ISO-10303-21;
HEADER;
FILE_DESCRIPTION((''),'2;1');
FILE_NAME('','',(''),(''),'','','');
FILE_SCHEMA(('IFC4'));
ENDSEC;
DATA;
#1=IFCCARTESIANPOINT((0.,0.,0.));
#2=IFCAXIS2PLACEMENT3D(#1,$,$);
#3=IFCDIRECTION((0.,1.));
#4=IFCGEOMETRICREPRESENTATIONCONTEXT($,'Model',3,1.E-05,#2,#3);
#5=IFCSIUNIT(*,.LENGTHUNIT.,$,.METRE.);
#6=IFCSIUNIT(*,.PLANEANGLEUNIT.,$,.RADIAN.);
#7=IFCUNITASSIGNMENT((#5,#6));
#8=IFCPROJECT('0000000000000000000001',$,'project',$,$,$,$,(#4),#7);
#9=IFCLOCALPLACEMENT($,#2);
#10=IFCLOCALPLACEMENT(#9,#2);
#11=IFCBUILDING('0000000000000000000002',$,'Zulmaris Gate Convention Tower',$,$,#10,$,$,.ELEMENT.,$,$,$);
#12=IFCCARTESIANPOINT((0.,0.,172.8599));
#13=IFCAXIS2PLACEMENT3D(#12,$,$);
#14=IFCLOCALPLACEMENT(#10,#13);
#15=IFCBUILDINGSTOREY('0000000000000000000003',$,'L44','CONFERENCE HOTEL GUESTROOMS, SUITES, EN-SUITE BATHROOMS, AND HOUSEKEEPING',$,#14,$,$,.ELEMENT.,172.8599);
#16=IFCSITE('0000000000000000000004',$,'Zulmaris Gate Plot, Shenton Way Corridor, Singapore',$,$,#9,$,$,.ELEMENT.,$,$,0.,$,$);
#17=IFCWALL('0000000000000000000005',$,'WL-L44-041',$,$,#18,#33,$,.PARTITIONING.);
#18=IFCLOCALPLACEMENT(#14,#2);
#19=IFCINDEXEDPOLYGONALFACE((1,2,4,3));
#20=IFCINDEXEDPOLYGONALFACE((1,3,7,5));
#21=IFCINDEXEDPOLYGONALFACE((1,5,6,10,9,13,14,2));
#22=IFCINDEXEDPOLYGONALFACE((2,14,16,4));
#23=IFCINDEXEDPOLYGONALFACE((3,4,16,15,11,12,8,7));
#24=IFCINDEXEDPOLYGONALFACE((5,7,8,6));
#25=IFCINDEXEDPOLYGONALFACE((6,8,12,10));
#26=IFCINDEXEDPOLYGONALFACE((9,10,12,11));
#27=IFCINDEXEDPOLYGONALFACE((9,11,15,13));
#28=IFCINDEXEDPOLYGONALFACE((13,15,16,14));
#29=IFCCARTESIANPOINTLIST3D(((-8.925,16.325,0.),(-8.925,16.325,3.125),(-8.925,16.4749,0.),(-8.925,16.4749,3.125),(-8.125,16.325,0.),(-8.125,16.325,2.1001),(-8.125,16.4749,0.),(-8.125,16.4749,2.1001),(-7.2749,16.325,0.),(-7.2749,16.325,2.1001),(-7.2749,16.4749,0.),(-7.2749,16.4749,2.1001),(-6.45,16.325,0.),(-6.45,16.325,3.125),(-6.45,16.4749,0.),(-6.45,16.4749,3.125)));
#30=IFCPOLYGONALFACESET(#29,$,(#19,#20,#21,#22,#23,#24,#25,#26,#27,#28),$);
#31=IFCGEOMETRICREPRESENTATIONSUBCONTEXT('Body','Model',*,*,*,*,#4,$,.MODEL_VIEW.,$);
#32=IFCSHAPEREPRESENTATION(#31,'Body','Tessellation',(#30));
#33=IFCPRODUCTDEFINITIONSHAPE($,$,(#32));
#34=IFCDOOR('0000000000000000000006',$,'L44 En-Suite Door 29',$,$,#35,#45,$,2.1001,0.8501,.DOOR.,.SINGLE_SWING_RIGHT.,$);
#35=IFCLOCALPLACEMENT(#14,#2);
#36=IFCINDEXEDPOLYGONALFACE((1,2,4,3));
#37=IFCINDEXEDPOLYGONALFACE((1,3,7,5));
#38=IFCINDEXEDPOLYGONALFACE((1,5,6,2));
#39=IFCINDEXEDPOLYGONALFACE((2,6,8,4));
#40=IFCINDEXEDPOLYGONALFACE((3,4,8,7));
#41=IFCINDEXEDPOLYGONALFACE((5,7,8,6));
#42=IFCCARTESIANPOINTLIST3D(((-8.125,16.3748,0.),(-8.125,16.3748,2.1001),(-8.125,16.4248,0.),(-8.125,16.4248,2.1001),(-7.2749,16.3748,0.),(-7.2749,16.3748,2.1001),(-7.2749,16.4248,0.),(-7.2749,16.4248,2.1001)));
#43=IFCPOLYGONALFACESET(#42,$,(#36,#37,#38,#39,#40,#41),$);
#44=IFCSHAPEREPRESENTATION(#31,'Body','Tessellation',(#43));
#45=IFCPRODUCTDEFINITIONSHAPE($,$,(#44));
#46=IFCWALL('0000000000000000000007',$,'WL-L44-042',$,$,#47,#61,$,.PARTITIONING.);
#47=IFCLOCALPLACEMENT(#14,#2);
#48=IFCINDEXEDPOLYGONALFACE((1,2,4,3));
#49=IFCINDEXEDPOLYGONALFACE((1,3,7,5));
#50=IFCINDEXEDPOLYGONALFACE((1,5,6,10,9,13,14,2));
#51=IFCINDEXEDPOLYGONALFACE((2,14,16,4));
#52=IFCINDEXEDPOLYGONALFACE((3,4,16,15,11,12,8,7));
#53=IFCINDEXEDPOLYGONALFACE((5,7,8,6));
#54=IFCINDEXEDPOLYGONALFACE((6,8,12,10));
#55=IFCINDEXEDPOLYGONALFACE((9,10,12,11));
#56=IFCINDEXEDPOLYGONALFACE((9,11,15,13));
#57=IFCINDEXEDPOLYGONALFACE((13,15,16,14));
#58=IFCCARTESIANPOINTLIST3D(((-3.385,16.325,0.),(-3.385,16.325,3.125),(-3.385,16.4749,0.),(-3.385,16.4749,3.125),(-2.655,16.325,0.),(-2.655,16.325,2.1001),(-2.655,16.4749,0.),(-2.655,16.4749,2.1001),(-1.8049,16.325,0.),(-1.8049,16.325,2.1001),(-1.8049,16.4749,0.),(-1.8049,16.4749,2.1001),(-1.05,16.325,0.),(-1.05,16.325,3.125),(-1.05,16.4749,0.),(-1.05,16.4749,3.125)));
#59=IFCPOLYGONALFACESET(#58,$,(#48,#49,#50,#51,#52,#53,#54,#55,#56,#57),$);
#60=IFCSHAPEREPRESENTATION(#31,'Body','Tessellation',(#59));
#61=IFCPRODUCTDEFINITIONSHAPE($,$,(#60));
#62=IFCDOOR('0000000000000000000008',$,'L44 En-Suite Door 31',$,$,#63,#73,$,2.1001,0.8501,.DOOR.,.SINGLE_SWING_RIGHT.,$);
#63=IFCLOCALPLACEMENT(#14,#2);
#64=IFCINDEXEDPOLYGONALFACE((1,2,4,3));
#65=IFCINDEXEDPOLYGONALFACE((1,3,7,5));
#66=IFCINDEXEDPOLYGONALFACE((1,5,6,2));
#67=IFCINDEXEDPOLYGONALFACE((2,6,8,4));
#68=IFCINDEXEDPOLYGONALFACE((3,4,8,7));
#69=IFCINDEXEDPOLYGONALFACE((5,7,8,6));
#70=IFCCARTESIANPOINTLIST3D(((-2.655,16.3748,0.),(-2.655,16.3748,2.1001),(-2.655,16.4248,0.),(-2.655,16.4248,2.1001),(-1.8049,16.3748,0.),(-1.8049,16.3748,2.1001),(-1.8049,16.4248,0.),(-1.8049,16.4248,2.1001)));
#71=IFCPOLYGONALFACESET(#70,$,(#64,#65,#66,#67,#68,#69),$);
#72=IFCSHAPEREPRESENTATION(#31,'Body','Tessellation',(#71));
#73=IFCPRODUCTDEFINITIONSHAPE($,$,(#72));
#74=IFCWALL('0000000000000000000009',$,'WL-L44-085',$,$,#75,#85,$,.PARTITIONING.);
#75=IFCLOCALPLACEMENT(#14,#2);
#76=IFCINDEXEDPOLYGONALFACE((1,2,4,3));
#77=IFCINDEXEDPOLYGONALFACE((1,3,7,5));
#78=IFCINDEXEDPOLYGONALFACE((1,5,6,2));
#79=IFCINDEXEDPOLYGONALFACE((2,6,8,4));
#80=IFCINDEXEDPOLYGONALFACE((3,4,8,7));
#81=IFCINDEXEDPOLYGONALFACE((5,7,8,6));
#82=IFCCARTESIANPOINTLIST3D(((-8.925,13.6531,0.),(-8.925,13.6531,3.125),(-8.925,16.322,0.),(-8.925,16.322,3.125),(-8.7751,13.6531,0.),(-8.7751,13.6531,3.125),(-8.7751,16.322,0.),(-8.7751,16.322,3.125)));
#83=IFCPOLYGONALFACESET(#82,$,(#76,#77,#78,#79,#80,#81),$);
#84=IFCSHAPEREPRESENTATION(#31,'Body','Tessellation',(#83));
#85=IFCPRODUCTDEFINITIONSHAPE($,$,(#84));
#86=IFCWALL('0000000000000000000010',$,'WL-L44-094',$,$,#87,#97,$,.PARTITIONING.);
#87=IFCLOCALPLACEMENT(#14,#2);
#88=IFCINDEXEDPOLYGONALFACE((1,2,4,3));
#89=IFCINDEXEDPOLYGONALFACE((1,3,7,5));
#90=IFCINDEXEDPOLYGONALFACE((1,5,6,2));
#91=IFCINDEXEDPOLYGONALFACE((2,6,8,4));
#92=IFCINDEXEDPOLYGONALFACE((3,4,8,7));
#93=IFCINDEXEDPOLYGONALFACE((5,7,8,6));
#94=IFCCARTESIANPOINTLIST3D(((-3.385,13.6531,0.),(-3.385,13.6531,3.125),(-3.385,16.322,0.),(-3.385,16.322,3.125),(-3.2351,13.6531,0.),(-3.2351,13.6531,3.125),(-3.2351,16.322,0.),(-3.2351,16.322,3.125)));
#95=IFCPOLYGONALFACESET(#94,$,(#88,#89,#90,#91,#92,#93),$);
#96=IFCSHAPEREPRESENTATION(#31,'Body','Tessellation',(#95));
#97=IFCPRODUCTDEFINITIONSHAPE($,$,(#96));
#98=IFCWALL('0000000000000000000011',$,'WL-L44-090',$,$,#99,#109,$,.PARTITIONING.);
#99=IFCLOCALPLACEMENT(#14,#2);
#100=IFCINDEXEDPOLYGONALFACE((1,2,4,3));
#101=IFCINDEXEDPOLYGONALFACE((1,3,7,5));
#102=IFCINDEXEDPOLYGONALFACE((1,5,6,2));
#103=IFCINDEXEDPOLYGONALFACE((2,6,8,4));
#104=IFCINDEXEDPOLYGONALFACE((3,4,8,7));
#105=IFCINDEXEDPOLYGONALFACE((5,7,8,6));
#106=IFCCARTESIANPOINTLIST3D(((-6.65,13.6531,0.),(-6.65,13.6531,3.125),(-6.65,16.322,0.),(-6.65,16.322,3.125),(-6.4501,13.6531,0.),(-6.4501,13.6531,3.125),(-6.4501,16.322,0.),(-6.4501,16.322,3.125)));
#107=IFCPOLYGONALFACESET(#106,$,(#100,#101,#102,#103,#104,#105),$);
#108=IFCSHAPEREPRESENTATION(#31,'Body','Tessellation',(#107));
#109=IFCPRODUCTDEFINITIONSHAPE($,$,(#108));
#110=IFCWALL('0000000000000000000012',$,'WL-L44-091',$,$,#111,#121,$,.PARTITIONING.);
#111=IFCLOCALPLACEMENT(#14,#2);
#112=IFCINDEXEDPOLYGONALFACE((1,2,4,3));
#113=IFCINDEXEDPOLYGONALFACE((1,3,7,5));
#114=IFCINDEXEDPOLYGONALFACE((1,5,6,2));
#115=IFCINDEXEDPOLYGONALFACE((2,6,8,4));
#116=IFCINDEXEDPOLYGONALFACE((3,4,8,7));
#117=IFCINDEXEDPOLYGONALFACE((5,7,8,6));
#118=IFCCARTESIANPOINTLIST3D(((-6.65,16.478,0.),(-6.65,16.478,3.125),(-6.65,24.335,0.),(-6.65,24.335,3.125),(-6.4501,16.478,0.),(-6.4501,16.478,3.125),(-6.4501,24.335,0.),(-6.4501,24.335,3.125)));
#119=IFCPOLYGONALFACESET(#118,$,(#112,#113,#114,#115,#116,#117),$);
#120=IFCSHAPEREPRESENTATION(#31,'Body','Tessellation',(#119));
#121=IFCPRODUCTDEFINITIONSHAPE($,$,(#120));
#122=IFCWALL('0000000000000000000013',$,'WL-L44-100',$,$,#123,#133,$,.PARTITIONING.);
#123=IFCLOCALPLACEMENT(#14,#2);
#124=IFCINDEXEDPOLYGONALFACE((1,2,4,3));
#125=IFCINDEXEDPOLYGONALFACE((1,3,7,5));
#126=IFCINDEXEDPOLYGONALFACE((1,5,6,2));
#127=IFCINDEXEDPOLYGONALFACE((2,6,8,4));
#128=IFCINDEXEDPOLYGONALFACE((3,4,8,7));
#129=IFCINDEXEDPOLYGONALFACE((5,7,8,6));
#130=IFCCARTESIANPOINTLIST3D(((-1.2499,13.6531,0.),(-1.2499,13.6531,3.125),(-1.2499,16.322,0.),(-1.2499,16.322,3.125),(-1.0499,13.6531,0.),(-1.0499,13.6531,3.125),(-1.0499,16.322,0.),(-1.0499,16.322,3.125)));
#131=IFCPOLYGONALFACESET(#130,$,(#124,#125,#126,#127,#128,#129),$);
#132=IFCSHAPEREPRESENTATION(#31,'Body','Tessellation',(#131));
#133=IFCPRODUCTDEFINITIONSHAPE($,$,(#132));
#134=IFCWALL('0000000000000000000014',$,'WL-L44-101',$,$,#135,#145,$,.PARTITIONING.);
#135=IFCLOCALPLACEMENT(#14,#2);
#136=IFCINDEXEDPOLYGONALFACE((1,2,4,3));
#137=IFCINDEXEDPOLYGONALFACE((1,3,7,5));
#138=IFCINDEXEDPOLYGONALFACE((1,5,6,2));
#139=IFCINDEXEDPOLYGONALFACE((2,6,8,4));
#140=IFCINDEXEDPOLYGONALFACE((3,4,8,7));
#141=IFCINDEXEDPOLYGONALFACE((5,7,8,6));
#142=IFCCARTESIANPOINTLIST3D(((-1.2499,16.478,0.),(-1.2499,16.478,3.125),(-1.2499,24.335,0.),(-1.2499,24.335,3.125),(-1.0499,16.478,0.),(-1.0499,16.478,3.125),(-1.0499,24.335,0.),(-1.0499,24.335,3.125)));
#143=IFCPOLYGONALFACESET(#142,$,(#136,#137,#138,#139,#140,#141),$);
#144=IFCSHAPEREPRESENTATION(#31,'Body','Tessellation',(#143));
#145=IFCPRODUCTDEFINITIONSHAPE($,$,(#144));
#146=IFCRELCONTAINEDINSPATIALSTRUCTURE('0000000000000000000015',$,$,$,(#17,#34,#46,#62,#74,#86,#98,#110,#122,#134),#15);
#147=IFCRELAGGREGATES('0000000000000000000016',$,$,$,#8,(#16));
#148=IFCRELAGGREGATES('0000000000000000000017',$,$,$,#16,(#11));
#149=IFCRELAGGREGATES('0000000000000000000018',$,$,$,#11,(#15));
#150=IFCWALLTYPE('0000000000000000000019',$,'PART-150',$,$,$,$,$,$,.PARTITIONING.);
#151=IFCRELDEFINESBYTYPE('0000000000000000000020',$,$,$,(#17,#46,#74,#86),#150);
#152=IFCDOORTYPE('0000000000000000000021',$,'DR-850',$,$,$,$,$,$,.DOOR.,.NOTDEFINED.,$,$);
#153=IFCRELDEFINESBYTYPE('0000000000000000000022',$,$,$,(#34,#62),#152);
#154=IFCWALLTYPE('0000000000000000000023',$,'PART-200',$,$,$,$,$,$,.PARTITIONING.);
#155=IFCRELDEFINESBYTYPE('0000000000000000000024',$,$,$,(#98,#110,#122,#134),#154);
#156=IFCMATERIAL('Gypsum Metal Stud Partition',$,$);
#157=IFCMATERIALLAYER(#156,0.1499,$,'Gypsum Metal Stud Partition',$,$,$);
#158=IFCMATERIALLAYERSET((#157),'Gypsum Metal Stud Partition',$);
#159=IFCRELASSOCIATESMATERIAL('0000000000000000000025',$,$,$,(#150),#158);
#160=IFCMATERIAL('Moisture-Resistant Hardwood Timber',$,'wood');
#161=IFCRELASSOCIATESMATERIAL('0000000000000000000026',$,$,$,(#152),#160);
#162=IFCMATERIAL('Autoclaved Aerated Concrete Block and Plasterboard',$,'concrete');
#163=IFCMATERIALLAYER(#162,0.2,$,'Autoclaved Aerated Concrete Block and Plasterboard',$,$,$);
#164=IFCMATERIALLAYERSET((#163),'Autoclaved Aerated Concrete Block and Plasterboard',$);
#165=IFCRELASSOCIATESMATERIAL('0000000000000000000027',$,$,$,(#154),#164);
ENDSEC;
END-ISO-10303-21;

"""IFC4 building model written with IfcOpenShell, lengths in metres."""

from ifc_helpers import new_model, si_unit, direction, frame, frame_2d, origin, place, context, subcontext, project, spatial, rectangle, extrude, material, layer, layer_set, type_object, element, fill, save


model = new_model("IFC4")

# Units and contexts
model_context = context("Model", 3, precision=1e-05, world=origin(), true_north=direction((0.0, 1.0)))
body_context = subcontext(model_context, "Body", "Model", "MODEL_VIEW")
ifc_project = project(units=[si_unit("LENGTHUNIT", "METRE"), si_unit("PLANEANGLEUNIT", "RADIAN")], contexts=[model_context])

# Site, building, storey
site_placement = place(None, origin())
site = spatial("IfcSite", under=ifc_project, at=site_placement, Name="Zulmaris Gate Plot, Shenton Way Corridor, Singapore", CompositionType="ELEMENT", RefElevation=0.0)
building_placement = place(site_placement, origin())
building = spatial("IfcBuilding", under=site, at=building_placement, Name="Zulmaris Gate Convention Tower", CompositionType="ELEMENT")
storey_placement = place(building_placement, frame((0.0, 0.0, 172.8599)))
storey = spatial("IfcBuildingStorey", under=building, at=storey_placement, Name="L44", Description="CONFERENCE HOTEL GUESTROOMS, SUITES, EN-SUITE BATHROOMS, AND HOUSEKEEPING", CompositionType="ELEMENT", Elevation=172.8599)

# Shared definitions
ifc_material_1 = material(Name="Gypsum Metal Stud Partition")
ifc_layer_1 = layer(ifc_material_1, 0.1499, Name="Gypsum Metal Stud Partition")
ifc_layer_set_1 = layer_set([ifc_layer_1], Name="Gypsum Metal Stud Partition")
wall_type_1 = type_object("IfcWallType", Name="PART-150", PredefinedType="PARTITIONING", material=ifc_layer_set_1)

# Walls, openings, doors
wall_1_placement = place(storey_placement, frame((-8.925, 16.3999, 0.0), z_axis=(0.0, 0.0, 1.0), x_axis=(1.0, 0.0, 0.0)))
wall_1 = element("IfcWall", 1, at=wall_1_placement, inside=storey, type_object=wall_type_1, Name="WL-L44-041", PredefinedType="PARTITIONING", context=body_context, shape_type="SweptSolid", body=[
    extrude(rectangle(XDim=2.4751, YDim=0.1499, at=frame_2d((1.2375, 0.0))), origin(), (0.0, 0.0, 1.0), 3.125),
])
opening_1_placement = place(wall_1_placement, frame((0.8, 0.0, 0.0)))
opening_1 = element("IfcOpeningElement", 2, at=opening_1_placement, cuts=wall_1, PredefinedType="OPENING", context=body_context, shape_type="SweptSolid", body=[
    extrude(rectangle(XDim=0.8501, YDim=2.1001, at=frame_2d((0.425, 1.05))), frame((0.0, 0.085, 0.0), z_axis=(0.0, -1.0, 0.0), x_axis=(1.0, 0.0, 0.0)), (0.0, 0.0, 1.0), 0.1699),
])
ifc_material_2 = material(Name="Moisture-Resistant Hardwood Timber", Category="wood")
door_type_1 = type_object("IfcDoorType", Name="DR-850", OperationType="NOTDEFINED", PredefinedType="DOOR", material=ifc_material_2)
door_1_placement = place(opening_1_placement, origin())
door_1 = element("IfcDoor", 3, at=door_1_placement, inside=storey, type_object=door_type_1, Name="L44 En-Suite Door 29", OperationType="SINGLE_SWING_RIGHT", OverallHeight=2.1001, OverallWidth=0.8501, PredefinedType="DOOR", context=body_context, shape_type="SweptSolid", body=[
    extrude(rectangle(XDim=0.8501, YDim=2.1001, at=frame_2d((0.425, 1.05))), frame((0.0, 0.0249, 0.0), z_axis=(0.0, -1.0, 0.0), x_axis=(1.0, 0.0, 0.0)), (0.0, 0.0, 1.0), 0.05),
])
fill(opening_1, door_1)
wall_2_placement = place(storey_placement, frame((-3.385, 16.3999, 0.0), z_axis=(0.0, 0.0, 1.0), x_axis=(1.0, 0.0, 0.0)))
wall_2 = element("IfcWall", 4, at=wall_2_placement, inside=storey, type_object=wall_type_1, Name="WL-L44-042", PredefinedType="PARTITIONING", context=body_context, shape_type="SweptSolid", body=[
    extrude(rectangle(XDim=2.335, YDim=0.1499, at=frame_2d((1.1675, 0.0))), origin(), (0.0, 0.0, 1.0), 3.125),
])
opening_2_placement = place(wall_2_placement, frame((0.73, 0.0, 0.0)))
opening_2 = element("IfcOpeningElement", 5, at=opening_2_placement, cuts=wall_2, PredefinedType="OPENING", context=body_context, shape_type="SweptSolid", body=[
    extrude(rectangle(XDim=0.8501, YDim=2.1001, at=frame_2d((0.425, 1.05))), frame((0.0, 0.085, 0.0), z_axis=(0.0, -1.0, 0.0), x_axis=(1.0, 0.0, 0.0)), (0.0, 0.0, 1.0), 0.1699),
])
door_2_placement = place(opening_2_placement, origin())
door_2 = element("IfcDoor", 6, at=door_2_placement, inside=storey, type_object=door_type_1, Name="L44 En-Suite Door 31", OperationType="SINGLE_SWING_RIGHT", OverallHeight=2.1001, OverallWidth=0.8501, PredefinedType="DOOR", context=body_context, shape_type="SweptSolid", body=[
    extrude(rectangle(XDim=0.8501, YDim=2.1001, at=frame_2d((0.425, 1.05))), frame((0.0, 0.0249, 0.0), z_axis=(0.0, -1.0, 0.0), x_axis=(1.0, 0.0, 0.0)), (0.0, 0.0, 1.0), 0.05),
])
fill(opening_2, door_2)

# Walls
for number, where, z_axis, x_axis, name in (
    (7, (-8.8501, 13.6531, 0.0), (0.0, 0.0, 1.0), (0.0, 1.0, 0.0), "WL-L44-085"),
    (8, (-3.3101, 13.6531, 0.0), (0.0, 0.0, 1.0), (0.0, 1.0, 0.0), "WL-L44-094"),
):
    element("IfcWall", number, at=place(storey_placement, frame(where, z_axis=z_axis, x_axis=x_axis)), inside=storey, type_object=wall_type_1, Name=name, PredefinedType="PARTITIONING", context=body_context, shape_type="SweptSolid", body=[
        extrude(rectangle(XDim=2.6689, YDim=0.1499, at=frame_2d((1.3345, 0.0))), origin(), (0.0, 0.0, 1.0), 3.125),
    ])
ifc_material_3 = material(Name="Autoclaved Aerated Concrete Block and Plasterboard", Category="concrete")
ifc_layer_2 = layer(ifc_material_3, 0.2, Name="Autoclaved Aerated Concrete Block and Plasterboard")
ifc_layer_set_2 = layer_set([ifc_layer_2], Name="Autoclaved Aerated Concrete Block and Plasterboard")
wall_type_2 = type_object("IfcWallType", Name="PART-200", PredefinedType="PARTITIONING", material=ifc_layer_set_2)
wall_3_placement = place(storey_placement, frame((-6.55, 13.6531, 0.0), z_axis=(0.0, 0.0, 1.0), x_axis=(0.0, 1.0, 0.0)))
element("IfcWall", 9, at=wall_3_placement, inside=storey, type_object=wall_type_2, Name="WL-L44-090", PredefinedType="PARTITIONING", context=body_context, shape_type="SweptSolid", body=[
    extrude(rectangle(XDim=2.6689, YDim=0.2, at=frame_2d((1.3345, 0.0))), origin(), (0.0, 0.0, 1.0), 3.125),
])
wall_4_placement = place(storey_placement, frame((-6.55, 16.478, 0.0), z_axis=(0.0, 0.0, 1.0), x_axis=(0.0, 1.0, 0.0)))
element("IfcWall", 10, at=wall_4_placement, inside=storey, type_object=wall_type_2, Name="WL-L44-091", PredefinedType="PARTITIONING", context=body_context, shape_type="SweptSolid", body=[
    extrude(rectangle(XDim=7.8569, YDim=0.2, at=frame_2d((3.9285, 0.0))), origin(), (0.0, 0.0, 1.0), 3.125),
])
wall_5_placement = place(storey_placement, frame((-1.1499, 13.6531, 0.0), z_axis=(0.0, 0.0, 1.0), x_axis=(0.0, 1.0, 0.0)))
element("IfcWall", 11, at=wall_5_placement, inside=storey, type_object=wall_type_2, Name="WL-L44-100", PredefinedType="PARTITIONING", context=body_context, shape_type="SweptSolid", body=[
    extrude(rectangle(XDim=2.6689, YDim=0.2, at=frame_2d((1.3345, 0.0))), origin(), (0.0, 0.0, 1.0), 3.125),
])
wall_6_placement = place(storey_placement, frame((-1.1499, 16.478, 0.0), z_axis=(0.0, 0.0, 1.0), x_axis=(0.0, 1.0, 0.0)))
element("IfcWall", 12, at=wall_6_placement, inside=storey, type_object=wall_type_2, Name="WL-L44-101", PredefinedType="PARTITIONING", context=body_context, shape_type="SweptSolid", body=[
    extrude(rectangle(XDim=7.8569, YDim=0.2, at=frame_2d((3.9285, 0.0))), origin(), (0.0, 0.0, 1.0), 3.125),
])

save(model, "model.ifc")
